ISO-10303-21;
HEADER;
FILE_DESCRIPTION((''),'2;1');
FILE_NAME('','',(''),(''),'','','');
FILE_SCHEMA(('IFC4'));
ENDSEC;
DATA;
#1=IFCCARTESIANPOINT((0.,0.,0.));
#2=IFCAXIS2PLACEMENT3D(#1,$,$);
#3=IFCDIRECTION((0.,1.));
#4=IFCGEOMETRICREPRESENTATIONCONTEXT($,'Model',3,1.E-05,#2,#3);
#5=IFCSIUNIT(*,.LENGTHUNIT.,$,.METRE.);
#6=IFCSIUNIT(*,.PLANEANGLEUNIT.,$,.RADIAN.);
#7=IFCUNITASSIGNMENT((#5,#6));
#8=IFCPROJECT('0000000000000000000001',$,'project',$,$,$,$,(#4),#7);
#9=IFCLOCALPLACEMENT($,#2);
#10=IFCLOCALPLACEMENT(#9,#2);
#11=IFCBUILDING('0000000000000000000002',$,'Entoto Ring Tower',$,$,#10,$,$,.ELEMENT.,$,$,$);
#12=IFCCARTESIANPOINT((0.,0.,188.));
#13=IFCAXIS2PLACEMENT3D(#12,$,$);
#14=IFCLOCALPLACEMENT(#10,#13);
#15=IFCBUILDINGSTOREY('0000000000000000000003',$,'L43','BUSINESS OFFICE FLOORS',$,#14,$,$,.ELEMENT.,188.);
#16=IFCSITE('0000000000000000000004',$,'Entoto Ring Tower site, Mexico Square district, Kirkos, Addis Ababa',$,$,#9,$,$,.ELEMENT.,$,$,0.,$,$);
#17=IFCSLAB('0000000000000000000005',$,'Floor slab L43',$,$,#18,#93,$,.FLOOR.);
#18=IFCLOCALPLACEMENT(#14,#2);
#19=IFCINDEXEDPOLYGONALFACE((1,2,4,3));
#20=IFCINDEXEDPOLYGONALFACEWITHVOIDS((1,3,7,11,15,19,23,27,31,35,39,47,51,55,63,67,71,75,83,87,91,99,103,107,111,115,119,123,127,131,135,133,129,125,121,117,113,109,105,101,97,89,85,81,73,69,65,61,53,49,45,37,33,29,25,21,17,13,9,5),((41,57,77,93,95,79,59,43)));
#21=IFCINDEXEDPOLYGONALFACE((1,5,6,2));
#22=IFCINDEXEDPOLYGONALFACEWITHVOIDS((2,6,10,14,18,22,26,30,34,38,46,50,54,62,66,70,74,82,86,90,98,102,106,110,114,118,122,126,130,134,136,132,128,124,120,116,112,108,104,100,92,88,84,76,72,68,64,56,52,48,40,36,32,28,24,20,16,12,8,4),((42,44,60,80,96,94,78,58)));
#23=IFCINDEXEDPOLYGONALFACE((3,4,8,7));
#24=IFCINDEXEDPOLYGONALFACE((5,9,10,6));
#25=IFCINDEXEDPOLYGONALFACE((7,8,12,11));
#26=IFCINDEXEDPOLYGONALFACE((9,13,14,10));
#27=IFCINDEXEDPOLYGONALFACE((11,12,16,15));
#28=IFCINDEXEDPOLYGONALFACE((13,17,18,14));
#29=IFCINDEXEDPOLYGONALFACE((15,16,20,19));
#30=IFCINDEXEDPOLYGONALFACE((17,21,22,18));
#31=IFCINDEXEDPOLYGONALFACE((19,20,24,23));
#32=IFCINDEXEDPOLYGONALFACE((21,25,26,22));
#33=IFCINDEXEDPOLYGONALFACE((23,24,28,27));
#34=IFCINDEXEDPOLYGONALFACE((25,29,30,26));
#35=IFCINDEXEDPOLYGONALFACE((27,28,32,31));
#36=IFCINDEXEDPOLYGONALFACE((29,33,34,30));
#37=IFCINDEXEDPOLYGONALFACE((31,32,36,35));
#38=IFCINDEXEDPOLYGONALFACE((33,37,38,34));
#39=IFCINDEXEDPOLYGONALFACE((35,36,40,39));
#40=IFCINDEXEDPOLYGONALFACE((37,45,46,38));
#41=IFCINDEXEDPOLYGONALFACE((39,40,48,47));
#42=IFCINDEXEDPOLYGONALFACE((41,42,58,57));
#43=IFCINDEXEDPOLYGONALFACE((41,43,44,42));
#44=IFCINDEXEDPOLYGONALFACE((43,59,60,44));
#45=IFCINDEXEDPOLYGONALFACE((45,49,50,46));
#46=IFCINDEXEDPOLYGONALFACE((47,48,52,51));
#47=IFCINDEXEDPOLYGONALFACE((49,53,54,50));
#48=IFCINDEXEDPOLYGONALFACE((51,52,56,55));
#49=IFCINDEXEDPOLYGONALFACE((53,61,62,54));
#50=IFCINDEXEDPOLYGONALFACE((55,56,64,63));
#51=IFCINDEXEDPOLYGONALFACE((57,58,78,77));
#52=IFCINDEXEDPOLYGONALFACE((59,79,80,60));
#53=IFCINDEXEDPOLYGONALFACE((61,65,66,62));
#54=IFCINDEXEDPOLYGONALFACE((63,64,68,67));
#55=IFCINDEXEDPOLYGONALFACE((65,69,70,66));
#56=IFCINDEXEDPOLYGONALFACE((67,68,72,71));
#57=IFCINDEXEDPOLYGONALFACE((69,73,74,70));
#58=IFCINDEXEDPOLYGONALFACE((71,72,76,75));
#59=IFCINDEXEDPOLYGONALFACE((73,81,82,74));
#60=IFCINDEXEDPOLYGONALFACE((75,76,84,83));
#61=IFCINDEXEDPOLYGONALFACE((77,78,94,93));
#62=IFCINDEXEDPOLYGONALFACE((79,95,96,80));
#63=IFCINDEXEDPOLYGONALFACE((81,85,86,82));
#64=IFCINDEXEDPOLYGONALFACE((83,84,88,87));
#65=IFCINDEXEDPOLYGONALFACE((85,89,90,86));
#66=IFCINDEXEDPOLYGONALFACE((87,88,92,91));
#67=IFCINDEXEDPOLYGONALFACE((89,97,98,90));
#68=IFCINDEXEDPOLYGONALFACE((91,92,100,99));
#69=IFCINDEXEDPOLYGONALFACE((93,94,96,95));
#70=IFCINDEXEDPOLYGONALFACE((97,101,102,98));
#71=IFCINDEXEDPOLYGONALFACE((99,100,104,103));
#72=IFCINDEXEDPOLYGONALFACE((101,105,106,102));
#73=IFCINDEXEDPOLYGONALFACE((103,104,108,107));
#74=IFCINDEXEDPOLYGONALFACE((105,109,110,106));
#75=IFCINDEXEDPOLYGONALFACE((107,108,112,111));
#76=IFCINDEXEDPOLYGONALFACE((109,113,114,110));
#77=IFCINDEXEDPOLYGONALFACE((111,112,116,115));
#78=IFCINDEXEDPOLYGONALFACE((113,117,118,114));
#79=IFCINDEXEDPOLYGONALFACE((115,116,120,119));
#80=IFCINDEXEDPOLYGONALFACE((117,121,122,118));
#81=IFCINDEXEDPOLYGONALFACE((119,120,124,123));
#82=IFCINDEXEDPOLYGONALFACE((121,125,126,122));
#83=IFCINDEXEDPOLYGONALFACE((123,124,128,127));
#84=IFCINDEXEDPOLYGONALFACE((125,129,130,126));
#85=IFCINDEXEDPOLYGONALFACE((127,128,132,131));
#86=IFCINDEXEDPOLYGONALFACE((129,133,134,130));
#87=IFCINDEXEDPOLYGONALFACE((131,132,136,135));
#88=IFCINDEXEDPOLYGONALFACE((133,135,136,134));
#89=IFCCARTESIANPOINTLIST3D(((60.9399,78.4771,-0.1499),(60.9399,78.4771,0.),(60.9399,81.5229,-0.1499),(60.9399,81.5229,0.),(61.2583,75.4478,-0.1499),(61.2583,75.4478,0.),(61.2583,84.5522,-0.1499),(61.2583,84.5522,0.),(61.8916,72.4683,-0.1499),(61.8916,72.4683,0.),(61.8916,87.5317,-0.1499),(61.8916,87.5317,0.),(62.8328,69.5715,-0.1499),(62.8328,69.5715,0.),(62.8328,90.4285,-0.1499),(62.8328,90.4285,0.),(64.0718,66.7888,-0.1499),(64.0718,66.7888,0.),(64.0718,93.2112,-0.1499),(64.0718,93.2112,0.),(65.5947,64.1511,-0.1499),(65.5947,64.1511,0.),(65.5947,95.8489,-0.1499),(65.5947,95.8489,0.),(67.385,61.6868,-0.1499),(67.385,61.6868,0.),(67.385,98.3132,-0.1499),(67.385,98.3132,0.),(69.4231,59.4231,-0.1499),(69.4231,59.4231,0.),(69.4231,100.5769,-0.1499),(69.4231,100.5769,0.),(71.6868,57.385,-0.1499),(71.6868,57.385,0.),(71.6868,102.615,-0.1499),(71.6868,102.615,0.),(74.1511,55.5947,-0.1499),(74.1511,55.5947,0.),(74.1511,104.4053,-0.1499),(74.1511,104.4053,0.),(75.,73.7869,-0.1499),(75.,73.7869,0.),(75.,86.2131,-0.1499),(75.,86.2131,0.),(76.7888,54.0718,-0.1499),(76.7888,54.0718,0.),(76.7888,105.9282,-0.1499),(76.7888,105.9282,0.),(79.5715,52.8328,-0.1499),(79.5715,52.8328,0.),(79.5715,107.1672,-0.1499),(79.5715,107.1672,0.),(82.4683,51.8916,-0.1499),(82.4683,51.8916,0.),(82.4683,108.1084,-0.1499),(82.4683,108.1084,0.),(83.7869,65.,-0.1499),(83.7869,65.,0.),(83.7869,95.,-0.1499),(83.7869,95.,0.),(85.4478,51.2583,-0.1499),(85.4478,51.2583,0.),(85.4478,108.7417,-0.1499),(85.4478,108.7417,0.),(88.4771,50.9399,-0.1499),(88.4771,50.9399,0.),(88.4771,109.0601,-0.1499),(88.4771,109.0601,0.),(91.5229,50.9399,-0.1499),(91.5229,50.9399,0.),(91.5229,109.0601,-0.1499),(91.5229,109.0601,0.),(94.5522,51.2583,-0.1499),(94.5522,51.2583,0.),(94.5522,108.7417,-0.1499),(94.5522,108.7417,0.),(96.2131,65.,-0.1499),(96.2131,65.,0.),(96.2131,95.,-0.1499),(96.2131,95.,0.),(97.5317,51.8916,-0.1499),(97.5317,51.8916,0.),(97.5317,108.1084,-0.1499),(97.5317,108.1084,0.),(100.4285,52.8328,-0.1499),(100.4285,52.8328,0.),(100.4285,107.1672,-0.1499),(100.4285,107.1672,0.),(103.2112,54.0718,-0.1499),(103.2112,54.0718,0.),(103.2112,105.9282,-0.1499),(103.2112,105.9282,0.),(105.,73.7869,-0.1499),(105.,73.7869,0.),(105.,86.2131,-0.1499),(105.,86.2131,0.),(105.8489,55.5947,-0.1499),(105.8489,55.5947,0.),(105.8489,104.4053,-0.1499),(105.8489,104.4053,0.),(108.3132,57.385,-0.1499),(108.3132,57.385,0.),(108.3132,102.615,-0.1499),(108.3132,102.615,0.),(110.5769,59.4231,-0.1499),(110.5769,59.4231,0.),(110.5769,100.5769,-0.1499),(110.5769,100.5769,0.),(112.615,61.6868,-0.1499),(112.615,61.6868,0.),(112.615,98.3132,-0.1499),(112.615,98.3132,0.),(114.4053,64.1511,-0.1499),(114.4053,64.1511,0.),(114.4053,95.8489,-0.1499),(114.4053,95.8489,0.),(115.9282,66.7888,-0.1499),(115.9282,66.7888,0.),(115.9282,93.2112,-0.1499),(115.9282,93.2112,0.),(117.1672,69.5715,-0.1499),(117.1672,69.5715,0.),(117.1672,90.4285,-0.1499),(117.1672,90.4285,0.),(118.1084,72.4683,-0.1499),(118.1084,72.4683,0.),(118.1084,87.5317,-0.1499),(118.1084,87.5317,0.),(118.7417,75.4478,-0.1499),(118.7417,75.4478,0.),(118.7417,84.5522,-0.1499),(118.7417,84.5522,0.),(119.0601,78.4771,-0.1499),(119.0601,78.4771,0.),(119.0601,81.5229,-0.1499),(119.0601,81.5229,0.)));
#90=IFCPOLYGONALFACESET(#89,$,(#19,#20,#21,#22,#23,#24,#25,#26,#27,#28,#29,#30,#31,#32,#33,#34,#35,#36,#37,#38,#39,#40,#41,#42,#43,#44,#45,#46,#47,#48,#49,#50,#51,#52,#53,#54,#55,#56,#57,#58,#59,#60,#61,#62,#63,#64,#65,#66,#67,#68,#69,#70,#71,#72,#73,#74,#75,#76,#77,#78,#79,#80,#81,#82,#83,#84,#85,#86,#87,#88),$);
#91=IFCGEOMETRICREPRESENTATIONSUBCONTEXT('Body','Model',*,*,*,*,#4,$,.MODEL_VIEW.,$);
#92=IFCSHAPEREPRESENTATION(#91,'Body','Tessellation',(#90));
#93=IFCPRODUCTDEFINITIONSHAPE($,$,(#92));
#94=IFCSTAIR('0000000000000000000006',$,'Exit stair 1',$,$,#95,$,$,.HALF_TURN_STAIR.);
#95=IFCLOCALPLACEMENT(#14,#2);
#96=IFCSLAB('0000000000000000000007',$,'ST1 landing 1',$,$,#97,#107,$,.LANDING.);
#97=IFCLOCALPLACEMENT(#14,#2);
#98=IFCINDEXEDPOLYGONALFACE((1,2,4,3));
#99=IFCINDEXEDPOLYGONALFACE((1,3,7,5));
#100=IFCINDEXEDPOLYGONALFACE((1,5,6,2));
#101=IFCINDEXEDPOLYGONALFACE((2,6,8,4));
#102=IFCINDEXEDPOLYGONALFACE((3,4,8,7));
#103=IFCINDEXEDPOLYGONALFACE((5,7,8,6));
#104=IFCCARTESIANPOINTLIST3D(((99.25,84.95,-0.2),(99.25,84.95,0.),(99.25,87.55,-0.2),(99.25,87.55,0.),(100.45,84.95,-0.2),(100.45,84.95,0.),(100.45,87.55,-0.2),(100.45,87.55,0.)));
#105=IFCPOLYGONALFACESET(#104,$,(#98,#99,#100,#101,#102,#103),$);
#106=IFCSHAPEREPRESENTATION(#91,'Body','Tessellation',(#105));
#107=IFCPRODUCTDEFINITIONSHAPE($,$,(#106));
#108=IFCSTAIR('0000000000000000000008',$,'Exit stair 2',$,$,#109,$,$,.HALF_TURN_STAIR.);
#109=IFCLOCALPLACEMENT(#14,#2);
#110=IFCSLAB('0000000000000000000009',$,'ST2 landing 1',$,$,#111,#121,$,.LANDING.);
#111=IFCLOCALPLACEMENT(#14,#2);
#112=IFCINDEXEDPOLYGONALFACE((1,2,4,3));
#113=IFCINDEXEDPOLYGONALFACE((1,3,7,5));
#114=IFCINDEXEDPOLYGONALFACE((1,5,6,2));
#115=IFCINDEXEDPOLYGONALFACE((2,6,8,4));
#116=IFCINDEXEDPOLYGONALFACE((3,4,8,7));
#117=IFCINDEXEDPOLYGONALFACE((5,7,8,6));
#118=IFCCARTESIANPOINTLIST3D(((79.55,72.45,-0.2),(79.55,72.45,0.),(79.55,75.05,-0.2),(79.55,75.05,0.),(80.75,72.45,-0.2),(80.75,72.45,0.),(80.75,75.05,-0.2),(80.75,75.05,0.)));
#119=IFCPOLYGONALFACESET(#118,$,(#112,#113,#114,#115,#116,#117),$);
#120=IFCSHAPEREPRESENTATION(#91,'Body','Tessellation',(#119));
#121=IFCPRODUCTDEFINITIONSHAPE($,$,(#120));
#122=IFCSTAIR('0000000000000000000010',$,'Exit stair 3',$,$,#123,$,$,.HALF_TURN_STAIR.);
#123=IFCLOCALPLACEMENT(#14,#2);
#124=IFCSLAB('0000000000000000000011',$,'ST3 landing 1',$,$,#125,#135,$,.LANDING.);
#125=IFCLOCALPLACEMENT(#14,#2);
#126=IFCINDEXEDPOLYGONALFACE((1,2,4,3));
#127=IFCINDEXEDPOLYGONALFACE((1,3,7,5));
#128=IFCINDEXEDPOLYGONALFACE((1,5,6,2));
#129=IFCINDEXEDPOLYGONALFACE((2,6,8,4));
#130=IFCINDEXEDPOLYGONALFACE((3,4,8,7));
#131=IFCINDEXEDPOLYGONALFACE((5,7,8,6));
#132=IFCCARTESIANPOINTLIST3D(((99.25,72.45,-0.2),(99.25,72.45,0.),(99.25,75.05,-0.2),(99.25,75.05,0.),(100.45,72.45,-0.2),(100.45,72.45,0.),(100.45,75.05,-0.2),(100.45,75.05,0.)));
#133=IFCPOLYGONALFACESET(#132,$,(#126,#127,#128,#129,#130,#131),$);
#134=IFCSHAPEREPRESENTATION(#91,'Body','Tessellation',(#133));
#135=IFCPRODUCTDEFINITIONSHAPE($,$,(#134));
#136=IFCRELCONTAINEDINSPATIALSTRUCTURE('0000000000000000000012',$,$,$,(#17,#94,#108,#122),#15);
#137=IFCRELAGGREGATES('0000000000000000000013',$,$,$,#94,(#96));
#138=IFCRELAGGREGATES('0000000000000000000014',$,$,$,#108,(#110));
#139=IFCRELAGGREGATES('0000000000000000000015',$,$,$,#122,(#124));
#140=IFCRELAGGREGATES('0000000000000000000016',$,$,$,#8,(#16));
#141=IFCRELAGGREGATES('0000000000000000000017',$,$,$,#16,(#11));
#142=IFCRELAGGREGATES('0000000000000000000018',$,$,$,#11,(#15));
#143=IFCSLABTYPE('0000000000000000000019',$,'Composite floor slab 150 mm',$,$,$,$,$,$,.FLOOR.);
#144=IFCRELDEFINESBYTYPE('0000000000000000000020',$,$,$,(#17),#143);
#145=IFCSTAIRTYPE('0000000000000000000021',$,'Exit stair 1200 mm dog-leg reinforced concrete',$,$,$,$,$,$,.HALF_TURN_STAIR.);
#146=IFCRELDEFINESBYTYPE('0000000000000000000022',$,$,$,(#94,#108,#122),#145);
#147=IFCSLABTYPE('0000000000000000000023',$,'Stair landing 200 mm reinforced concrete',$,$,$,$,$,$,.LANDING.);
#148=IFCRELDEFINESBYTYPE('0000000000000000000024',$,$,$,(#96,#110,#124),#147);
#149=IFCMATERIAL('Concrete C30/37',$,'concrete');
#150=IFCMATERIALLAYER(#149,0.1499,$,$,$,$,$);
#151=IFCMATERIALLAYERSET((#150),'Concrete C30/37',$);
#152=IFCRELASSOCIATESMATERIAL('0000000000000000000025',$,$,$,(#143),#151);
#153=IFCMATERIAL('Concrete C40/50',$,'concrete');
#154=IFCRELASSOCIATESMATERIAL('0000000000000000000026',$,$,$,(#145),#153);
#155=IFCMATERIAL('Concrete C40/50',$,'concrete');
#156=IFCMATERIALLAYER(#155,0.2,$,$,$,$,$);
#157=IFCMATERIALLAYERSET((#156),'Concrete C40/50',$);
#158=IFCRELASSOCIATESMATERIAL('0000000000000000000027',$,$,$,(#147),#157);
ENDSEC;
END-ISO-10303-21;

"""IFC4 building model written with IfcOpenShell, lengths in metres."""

from ifc_helpers import new_model, si_unit, direction, frame, origin, place, context, subcontext, project, spatial, polyline, outline, extrude, material, layer, layer_set, type_object, element, aggregate, save


model = new_model("IFC4")

# Units and contexts
model_context = context("Model", 3, precision=1e-05, world=origin(), true_north=direction((0.0, 1.0)))
body_context = subcontext(model_context, "Body", "Model", "MODEL_VIEW")
ifc_project = project(units=[si_unit("LENGTHUNIT", "METRE"), si_unit("PLANEANGLEUNIT", "RADIAN")], contexts=[model_context])

# Site, building, storey
site_placement = place(None, origin())
building_placement = place(site_placement, origin())
storey_placement = place(building_placement, frame((0.0, 0.0, 188.0)))
site = spatial("IfcSite", under=ifc_project, at=site_placement, Name="Entoto Ring Tower site, Mexico Square district, Kirkos, Addis Ababa", CompositionType="ELEMENT", RefElevation=0.0)
building = spatial("IfcBuilding", under=site, at=building_placement, Name="Entoto Ring Tower", CompositionType="ELEMENT")
storey = spatial("IfcBuildingStorey", under=building, at=storey_placement, Name="L43", Description="BUSINESS OFFICE FLOORS", CompositionType="ELEMENT", Elevation=188.0)

# Slab
ifc_material_1 = material(Name="Concrete C30/37", Category="concrete")
ifc_layer_1 = layer(ifc_material_1, 0.1499)
ifc_layer_set_1 = layer_set([ifc_layer_1], Name="Concrete C30/37")
slab_type_1 = type_object("IfcSlabType", Name="Composite floor slab 150 mm", PredefinedType="FLOOR", material=ifc_layer_set_1)
slab_1_placement = place(storey_placement, frame((0.0, 0.0, -0.1499)))
element("IfcSlab", 1, at=slab_1_placement, inside=storey, type_object=slab_type_1, Name="Floor slab L43", PredefinedType="FLOOR", context=body_context, shape_type="SweptSolid", body=[
    extrude(outline(polyline([(118.7417, 84.5522), (118.1084, 87.5317), (117.1672, 90.4285), (115.9282, 93.2112), (114.4053, 95.8489), (112.615, 98.3132), (110.5769, 100.5769), (108.3132, 102.615), (105.8489, 104.4053), (103.2112, 105.9282), (100.4285, 107.1672), (97.5317, 108.1084), (94.5522, 108.7417), (91.5229, 109.0601), (88.4771, 109.0601), (85.4478, 108.7417), (82.4683, 108.1084), (79.5715, 107.1672), (76.7888, 105.9282), (74.1511, 104.4053), (71.6868, 102.615), (69.4231, 100.5769), (67.385, 98.3132), (65.5947, 95.8489), (64.0718, 93.2112), (62.8328, 90.4285), (61.8916, 87.5317), (61.2583, 84.5522), (60.9399, 81.5229), (60.9399, 78.4771), (61.2583, 75.4478), (61.8916, 72.4683), (62.8328, 69.5715), (64.0718, 66.7888), (65.5947, 64.1511), (67.385, 61.6868), (69.4231, 59.4231), (71.6868, 57.385), (74.1511, 55.5947), (76.7888, 54.0718), (79.5715, 52.8328), (82.4683, 51.8916), (85.4478, 51.2583), (88.4771, 50.9399), (91.5229, 50.9399), (94.5522, 51.2583), (97.5317, 51.8916), (100.4285, 52.8328), (103.2112, 54.0718), (105.8489, 55.5947), (108.3132, 57.385), (110.5769, 59.4231), (112.615, 61.6868), (114.4053, 64.1511), (115.9282, 66.7888), (117.1672, 69.5715), (118.1084, 72.4683), (118.7417, 75.4478), (119.0601, 78.4771), (119.0601, 81.5229), (118.7417, 84.5522)]), holes=[polyline([(105.0, 73.7869), (105.0, 86.2131), (96.2131, 95.0), (83.7869, 95.0), (75.0, 86.2131), (75.0, 73.7869), (83.7869, 65.0), (96.2131, 65.0), (105.0, 73.7869)])]), origin(), (0.0, 0.0, 1.0), 0.1499),
])

# Stairs, slabs
ifc_material_2 = material(Name="Concrete C40/50", Category="concrete")
stair_type = type_object("IfcStairType", Name="Exit stair 1200 mm dog-leg reinforced concrete", PredefinedType="HALF_TURN_STAIR", material=ifc_material_2)
stair_1_placement = place(storey_placement, origin())
stair_1 = element("IfcStair", 2, at=stair_1_placement, inside=storey, type_object=stair_type, Name="Exit stair 1", PredefinedType="HALF_TURN_STAIR")
ifc_material_3 = material(Name="Concrete C40/50", Category="concrete")
ifc_layer_2 = layer(ifc_material_3, 0.2)
ifc_layer_set_2 = layer_set([ifc_layer_2], Name="Concrete C40/50")
slab_type_2 = type_object("IfcSlabType", Name="Stair landing 200 mm reinforced concrete", PredefinedType="LANDING", material=ifc_layer_set_2)
slab_2_placement = place(storey_placement, frame((0.0, 0.0, -0.2)))
slab_2 = element("IfcSlab", 3, at=slab_2_placement, type_object=slab_type_2, Name="ST1 landing 1", PredefinedType="LANDING", context=body_context, shape_type="SweptSolid", body=[
    extrude(outline(polyline([(100.45, 84.95), (100.45, 87.55), (99.25, 87.55), (99.25, 84.95), (100.45, 84.95)])), origin(), (0.0, 0.0, 1.0), 0.2),
])
aggregate(stair_1, [slab_2])
stair_2_placement = place(storey_placement, origin())
stair_2 = element("IfcStair", 4, at=stair_2_placement, inside=storey, type_object=stair_type, Name="Exit stair 2", PredefinedType="HALF_TURN_STAIR")
slab_3_placement = place(storey_placement, frame((0.0, 0.0, -0.2)))
slab_3 = element("IfcSlab", 5, at=slab_3_placement, type_object=slab_type_2, Name="ST2 landing 1", PredefinedType="LANDING", context=body_context, shape_type="SweptSolid", body=[
    extrude(outline(polyline([(80.75, 72.45), (80.75, 75.05), (79.55, 75.05), (79.55, 72.45), (80.75, 72.45)])), origin(), (0.0, 0.0, 1.0), 0.2),
])
aggregate(stair_2, [slab_3])
stair_3_placement = place(storey_placement, origin())
stair_3 = element("IfcStair", 6, at=stair_3_placement, inside=storey, type_object=stair_type, Name="Exit stair 3", PredefinedType="HALF_TURN_STAIR")
slab_4_placement = place(storey_placement, frame((0.0, 0.0, -0.2)))
slab_4 = element("IfcSlab", 7, at=slab_4_placement, type_object=slab_type_2, Name="ST3 landing 1", PredefinedType="LANDING", context=body_context, shape_type="SweptSolid", body=[
    extrude(outline(polyline([(100.45, 72.45), (100.45, 75.05), (99.25, 75.05), (99.25, 72.45), (100.45, 72.45)])), origin(), (0.0, 0.0, 1.0), 0.2),
])
aggregate(stair_3, [slab_4])

save(model, "model.ifc")
